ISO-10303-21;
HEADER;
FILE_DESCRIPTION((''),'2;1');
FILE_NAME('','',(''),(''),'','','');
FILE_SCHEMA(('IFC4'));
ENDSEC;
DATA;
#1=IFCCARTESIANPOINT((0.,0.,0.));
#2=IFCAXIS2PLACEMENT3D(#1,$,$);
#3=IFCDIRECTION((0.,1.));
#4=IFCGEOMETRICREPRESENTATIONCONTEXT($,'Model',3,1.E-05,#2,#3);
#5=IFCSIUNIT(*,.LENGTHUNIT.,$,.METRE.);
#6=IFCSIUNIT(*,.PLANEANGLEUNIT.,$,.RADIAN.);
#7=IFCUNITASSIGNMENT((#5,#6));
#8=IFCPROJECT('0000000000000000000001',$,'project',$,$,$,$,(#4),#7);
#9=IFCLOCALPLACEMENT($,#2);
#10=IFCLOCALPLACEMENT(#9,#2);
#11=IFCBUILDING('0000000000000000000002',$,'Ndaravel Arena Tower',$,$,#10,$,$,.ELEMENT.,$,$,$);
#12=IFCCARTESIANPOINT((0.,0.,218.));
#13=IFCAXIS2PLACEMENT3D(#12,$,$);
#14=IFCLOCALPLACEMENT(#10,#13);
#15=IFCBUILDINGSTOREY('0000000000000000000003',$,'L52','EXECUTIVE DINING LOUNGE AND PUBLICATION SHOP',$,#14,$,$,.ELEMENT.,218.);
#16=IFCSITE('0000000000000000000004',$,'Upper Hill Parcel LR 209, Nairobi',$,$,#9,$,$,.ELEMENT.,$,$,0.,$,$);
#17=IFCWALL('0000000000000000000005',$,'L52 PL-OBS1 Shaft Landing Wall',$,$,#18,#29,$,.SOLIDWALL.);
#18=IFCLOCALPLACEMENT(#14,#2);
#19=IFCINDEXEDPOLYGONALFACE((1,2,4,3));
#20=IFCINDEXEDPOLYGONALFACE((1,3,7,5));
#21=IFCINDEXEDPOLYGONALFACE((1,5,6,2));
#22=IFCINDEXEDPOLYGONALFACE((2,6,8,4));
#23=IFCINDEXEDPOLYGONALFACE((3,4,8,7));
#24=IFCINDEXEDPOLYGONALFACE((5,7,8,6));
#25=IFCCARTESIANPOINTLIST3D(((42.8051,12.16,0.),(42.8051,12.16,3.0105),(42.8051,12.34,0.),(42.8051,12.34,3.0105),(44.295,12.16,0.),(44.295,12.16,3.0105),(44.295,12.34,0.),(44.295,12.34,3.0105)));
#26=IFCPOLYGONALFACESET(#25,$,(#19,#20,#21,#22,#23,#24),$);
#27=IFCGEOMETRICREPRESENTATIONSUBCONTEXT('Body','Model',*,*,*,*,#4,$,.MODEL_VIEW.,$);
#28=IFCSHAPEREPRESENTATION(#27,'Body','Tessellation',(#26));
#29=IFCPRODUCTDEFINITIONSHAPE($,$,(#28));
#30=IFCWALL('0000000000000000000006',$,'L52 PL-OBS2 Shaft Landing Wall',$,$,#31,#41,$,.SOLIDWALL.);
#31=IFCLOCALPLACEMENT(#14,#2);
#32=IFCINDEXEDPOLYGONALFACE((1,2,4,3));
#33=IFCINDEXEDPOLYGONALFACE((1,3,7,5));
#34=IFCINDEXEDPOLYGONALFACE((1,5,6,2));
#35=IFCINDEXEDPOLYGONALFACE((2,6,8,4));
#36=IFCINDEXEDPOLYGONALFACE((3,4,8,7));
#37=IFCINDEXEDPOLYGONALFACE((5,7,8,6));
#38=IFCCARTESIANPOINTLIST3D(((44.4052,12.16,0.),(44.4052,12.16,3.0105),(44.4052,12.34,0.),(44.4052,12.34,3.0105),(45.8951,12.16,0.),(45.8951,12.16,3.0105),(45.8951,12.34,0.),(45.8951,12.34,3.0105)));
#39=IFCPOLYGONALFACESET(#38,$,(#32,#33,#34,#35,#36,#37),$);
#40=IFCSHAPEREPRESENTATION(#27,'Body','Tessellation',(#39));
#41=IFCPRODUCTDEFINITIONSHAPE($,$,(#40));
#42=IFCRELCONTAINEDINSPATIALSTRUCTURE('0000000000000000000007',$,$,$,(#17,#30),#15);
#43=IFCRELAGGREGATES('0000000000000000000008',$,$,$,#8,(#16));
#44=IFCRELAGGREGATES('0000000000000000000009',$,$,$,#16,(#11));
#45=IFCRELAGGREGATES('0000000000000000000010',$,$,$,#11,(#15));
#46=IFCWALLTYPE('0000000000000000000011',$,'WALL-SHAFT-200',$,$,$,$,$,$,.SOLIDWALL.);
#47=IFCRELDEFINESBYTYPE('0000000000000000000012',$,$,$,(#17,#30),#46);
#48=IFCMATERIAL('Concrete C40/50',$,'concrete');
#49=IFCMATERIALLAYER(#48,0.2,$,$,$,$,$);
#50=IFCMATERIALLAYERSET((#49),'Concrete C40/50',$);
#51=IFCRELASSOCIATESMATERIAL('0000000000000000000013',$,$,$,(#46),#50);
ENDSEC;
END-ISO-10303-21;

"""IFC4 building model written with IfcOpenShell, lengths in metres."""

from ifc_helpers import new_model, si_unit, direction, frame, frame_2d, origin, place, context, subcontext, project, spatial, rectangle, extrude, material, layer, layer_set, type_object, element, save


model = new_model("IFC4")

# Units and contexts
model_context = context("Model", 3, precision=1e-05, world=origin(), true_north=direction((0.0, 1.0)))
body_context = subcontext(model_context, "Body", "Model", "MODEL_VIEW")
ifc_project = project(units=[si_unit("LENGTHUNIT", "METRE"), si_unit("PLANEANGLEUNIT", "RADIAN")], contexts=[model_context])

# Site, building, storey
site_placement = place(None, origin())
site = spatial("IfcSite", under=ifc_project, at=site_placement, Name="Upper Hill Parcel LR 209, Nairobi", CompositionType="ELEMENT", RefElevation=0.0)
building_placement = place(site_placement, origin())
building = spatial("IfcBuilding", under=site, at=building_placement, Name="Ndaravel Arena Tower", CompositionType="ELEMENT")
storey_placement = place(building_placement, frame((0.0, 0.0, 218.0)))
storey = spatial("IfcBuildingStorey", under=building, at=storey_placement, Name="L52", Description="EXECUTIVE DINING LOUNGE AND PUBLICATION SHOP", CompositionType="ELEMENT", Elevation=218.0)

# Shared definitions
ifc_material_1 = material(Name="Concrete C40/50", Category="concrete")
ifc_layer_1 = layer(ifc_material_1, 0.2)
ifc_layer_set_1 = layer_set([ifc_layer_1], Name="Concrete C40/50")
wall_type_1 = type_object("IfcWallType", Name="WALL-SHAFT-200", PredefinedType="SOLIDWALL", material=ifc_layer_set_1)

# Walls
for number, where, z_axis, x_axis, name in (
    (1, (42.8049, 12.25, 0.0), (0.0, 0.0, 1.0), (1.0, 0.0, 0.0), "L52 PL-OBS1 Shaft Landing Wall"),
    (2, (44.405, 12.25, 0.0), (0.0, 0.0, 1.0), (1.0, 0.0, 0.0), "L52 PL-OBS2 Shaft Landing Wall"),
):
    element("IfcWall", number, at=place(storey_placement, frame(where, z_axis=z_axis, x_axis=x_axis)), inside=storey, type_object=wall_type_1, Name=name, PredefinedType="SOLIDWALL", context=body_context, shape_type="SweptSolid", body=[
        extrude(rectangle(XDim=1.49, YDim=0.1799, at=frame_2d((0.7451, 0.0))), origin(), (0.0, 0.0, 1.0), 3.0105),
    ])

save(model, "model.ifc")
